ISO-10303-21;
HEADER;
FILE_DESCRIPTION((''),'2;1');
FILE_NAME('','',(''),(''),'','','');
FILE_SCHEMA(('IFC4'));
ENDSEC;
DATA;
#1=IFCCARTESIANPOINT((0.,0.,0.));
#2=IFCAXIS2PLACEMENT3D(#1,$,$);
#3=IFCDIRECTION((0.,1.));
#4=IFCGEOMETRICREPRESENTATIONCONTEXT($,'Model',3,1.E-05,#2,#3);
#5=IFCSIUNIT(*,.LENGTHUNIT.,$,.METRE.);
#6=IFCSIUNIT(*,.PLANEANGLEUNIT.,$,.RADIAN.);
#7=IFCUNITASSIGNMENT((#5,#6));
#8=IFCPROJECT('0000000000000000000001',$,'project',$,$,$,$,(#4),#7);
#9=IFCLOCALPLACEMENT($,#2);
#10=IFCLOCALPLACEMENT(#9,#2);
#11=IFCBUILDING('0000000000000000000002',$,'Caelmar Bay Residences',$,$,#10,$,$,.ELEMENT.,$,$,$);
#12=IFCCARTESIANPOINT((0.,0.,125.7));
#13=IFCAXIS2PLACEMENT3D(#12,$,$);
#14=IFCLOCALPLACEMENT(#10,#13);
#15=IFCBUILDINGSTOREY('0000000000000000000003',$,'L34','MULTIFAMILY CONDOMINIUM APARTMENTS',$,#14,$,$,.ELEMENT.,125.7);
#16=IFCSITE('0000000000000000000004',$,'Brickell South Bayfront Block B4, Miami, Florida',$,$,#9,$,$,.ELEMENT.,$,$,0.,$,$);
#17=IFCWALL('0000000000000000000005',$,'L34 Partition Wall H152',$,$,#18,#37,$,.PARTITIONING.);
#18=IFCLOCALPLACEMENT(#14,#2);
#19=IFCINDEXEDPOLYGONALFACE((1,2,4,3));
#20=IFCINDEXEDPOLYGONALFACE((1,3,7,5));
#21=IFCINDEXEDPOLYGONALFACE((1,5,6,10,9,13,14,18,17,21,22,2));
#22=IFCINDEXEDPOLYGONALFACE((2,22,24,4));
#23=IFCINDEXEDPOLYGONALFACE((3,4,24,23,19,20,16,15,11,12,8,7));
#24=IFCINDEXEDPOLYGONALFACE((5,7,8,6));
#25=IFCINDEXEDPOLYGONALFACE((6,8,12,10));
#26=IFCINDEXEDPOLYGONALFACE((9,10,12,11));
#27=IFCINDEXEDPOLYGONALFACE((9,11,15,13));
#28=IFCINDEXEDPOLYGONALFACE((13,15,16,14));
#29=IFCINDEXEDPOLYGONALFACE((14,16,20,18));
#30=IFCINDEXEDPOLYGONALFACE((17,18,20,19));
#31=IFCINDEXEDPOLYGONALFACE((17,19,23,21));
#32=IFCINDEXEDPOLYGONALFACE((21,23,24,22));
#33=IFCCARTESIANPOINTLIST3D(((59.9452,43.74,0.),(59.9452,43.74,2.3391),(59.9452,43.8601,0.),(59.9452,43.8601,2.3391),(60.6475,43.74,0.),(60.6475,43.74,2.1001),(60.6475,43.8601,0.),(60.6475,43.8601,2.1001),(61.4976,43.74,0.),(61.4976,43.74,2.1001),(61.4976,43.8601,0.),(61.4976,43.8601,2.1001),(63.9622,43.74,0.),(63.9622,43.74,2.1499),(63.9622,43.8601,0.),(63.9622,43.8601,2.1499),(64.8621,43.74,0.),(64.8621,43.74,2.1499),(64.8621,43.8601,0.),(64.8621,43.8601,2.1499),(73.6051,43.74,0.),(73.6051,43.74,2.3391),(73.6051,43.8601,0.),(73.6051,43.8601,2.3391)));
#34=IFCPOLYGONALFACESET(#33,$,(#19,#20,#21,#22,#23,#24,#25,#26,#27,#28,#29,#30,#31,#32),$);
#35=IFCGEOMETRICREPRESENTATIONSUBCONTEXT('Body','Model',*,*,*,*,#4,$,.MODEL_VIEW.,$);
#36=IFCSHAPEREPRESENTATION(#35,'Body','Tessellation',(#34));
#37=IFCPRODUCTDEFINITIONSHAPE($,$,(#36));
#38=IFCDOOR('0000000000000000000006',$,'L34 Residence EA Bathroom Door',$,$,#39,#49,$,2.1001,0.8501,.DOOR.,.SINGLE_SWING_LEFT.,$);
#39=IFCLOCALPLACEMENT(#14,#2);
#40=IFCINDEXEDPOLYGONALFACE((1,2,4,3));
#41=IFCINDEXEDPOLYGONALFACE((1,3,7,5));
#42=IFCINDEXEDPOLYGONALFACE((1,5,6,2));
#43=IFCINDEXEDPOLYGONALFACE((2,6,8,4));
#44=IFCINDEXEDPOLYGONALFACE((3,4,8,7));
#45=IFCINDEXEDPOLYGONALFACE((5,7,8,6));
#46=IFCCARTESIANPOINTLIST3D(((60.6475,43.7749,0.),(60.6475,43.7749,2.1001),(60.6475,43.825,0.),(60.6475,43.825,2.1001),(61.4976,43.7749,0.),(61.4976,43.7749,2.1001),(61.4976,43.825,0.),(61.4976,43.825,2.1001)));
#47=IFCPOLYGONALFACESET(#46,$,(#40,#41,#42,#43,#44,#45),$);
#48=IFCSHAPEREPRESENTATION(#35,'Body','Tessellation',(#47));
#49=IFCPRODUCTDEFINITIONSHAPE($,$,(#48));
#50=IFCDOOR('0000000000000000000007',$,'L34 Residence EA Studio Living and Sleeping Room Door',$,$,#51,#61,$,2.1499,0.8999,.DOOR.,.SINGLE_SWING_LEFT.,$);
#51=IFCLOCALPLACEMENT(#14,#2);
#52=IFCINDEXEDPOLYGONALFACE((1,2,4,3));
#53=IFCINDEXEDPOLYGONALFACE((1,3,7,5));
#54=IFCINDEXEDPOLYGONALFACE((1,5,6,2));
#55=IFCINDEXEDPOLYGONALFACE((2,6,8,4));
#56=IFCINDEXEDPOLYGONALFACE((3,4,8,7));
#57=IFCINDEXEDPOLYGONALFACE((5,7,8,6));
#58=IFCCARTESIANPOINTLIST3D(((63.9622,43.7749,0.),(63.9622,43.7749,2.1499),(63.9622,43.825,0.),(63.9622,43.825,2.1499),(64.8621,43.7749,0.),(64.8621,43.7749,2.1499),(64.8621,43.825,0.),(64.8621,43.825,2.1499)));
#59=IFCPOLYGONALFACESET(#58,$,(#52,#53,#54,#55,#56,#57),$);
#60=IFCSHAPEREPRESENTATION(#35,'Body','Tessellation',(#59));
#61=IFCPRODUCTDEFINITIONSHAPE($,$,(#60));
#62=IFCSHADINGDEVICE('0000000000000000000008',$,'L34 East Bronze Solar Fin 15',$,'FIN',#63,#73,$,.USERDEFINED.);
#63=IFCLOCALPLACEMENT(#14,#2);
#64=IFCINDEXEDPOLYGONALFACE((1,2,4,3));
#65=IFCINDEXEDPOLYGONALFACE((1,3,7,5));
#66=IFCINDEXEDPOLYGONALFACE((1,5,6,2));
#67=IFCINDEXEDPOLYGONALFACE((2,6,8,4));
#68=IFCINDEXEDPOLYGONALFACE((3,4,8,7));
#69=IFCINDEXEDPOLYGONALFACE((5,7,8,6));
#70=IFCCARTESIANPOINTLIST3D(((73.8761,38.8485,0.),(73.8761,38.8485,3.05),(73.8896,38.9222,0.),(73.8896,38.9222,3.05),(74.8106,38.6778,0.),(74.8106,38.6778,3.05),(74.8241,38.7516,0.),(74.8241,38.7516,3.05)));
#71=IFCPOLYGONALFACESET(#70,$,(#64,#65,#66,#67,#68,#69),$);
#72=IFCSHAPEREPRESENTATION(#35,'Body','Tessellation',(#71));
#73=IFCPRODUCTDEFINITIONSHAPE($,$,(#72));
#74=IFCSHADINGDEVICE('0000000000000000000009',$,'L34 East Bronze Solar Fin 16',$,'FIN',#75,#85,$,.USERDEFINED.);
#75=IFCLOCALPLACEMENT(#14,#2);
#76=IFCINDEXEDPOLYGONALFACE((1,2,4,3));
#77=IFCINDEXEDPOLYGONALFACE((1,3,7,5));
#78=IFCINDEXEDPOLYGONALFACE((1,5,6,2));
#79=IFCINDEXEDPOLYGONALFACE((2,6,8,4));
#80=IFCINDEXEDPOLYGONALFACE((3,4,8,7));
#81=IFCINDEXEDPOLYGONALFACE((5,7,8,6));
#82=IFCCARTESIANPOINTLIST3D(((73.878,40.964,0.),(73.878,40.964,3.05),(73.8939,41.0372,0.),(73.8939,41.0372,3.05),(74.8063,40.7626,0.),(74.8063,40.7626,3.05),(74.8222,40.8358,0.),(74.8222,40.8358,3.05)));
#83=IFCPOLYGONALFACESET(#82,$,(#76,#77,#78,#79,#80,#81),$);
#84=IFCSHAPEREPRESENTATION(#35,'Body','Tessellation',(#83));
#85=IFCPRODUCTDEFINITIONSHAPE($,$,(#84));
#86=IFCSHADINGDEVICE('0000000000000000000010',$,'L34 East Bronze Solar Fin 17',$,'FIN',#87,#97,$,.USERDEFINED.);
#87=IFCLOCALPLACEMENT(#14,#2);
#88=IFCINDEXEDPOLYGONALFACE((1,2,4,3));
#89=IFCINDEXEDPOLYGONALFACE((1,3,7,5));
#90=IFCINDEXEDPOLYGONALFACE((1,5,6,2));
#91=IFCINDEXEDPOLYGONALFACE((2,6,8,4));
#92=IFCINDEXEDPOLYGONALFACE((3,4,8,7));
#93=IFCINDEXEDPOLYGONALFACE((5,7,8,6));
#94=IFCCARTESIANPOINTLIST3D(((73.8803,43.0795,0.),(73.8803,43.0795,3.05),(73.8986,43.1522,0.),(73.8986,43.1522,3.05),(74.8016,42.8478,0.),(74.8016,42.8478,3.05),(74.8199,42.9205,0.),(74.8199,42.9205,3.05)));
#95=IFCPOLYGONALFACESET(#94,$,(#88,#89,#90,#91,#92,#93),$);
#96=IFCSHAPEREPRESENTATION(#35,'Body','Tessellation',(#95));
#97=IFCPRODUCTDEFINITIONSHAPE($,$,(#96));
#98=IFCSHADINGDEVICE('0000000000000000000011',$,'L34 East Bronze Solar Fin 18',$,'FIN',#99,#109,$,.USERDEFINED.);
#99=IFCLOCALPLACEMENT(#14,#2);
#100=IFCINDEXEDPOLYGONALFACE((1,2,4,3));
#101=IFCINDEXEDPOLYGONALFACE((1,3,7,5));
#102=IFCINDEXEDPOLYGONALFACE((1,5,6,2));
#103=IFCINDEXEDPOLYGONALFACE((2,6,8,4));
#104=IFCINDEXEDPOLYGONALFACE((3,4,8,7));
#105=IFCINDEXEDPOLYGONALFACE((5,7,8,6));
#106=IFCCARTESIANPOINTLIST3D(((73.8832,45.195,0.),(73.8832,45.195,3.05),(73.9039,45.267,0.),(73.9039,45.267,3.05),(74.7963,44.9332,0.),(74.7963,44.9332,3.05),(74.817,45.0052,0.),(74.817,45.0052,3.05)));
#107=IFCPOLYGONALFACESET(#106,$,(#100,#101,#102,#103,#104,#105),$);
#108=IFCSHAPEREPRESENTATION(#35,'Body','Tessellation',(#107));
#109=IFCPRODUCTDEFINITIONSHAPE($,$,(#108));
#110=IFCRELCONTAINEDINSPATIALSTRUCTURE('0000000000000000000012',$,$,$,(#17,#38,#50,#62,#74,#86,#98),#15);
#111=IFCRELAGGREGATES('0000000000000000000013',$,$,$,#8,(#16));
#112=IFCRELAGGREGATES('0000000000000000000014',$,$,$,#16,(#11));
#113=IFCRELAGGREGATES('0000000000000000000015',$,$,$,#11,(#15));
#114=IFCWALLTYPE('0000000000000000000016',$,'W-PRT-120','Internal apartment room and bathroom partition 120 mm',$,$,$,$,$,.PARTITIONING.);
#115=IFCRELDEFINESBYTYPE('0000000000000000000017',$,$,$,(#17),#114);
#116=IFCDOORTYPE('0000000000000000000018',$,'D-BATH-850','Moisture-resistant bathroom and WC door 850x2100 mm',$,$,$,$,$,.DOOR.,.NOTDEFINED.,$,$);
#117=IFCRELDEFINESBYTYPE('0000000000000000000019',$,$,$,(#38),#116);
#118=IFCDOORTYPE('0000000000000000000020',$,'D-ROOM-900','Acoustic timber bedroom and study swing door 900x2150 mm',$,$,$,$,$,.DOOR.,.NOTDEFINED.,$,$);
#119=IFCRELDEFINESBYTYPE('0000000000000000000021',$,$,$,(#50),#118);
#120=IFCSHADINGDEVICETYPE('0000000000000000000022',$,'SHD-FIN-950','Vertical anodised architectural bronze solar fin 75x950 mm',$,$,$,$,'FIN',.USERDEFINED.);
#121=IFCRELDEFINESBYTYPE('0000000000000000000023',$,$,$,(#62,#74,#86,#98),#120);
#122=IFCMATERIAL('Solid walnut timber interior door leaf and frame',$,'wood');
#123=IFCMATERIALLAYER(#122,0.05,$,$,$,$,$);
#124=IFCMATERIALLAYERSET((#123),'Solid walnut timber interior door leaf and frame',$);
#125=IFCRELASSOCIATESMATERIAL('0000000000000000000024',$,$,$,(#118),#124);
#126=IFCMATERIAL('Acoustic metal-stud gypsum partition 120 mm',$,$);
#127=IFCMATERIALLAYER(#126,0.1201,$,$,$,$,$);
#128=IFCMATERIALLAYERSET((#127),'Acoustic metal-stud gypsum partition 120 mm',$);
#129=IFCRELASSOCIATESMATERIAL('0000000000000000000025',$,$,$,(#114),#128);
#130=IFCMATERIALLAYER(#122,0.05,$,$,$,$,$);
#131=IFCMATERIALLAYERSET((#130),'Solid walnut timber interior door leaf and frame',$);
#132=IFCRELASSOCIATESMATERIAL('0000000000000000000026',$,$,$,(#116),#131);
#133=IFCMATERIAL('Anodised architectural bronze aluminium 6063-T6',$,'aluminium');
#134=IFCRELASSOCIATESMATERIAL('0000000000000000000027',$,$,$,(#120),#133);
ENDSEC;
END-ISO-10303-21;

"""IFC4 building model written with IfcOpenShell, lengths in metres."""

from ifc_helpers import new_model, si_unit, direction, frame, frame_2d, origin, origin_2d, place, context, subcontext, project, spatial, rectangle, extrude, material, layer, layer_set, material_profile, profile_set, type_object, element, fill, save


model = new_model("IFC4")

# Units and contexts
model_context = context("Model", 3, precision=1e-05, world=origin(), true_north=direction((0.0, 1.0)))
body_context = subcontext(model_context, "Body", "Model", "MODEL_VIEW")
ifc_project = project(units=[si_unit("LENGTHUNIT", "METRE"), si_unit("PLANEANGLEUNIT", "RADIAN")], contexts=[model_context])

# Site, building, storey
site_placement = place(None, origin())
site = spatial("IfcSite", under=ifc_project, at=site_placement, Name="Brickell South Bayfront Block B4, Miami, Florida", CompositionType="ELEMENT", RefElevation=0.0)
building_placement = place(site_placement, origin())
building = spatial("IfcBuilding", under=site, at=building_placement, Name="Caelmar Bay Residences", CompositionType="ELEMENT")
storey_placement = place(building_placement, frame((0.0, 0.0, 125.7)))
storey = spatial("IfcBuildingStorey", under=building, at=storey_placement, Name="L34", Description="MULTIFAMILY CONDOMINIUM APARTMENTS", CompositionType="ELEMENT", Elevation=125.7)

# Shared definitions
ifc_material_1 = material(Name="Solid walnut timber interior door leaf and frame", Category="wood")
ifc_layer_1 = layer(ifc_material_1, 0.05)
ifc_layer_set_1 = layer_set([ifc_layer_1], Name="Solid walnut timber interior door leaf and frame")
door_type_1 = type_object("IfcDoorType", Name="D-ROOM-900", Description="Acoustic timber bedroom and study swing door 900x2150 mm", OperationType="NOTDEFINED", PredefinedType="DOOR", material=ifc_layer_set_1)
ifc_material_2 = material(Name="Acoustic metal-stud gypsum partition 120 mm")
ifc_layer_2 = layer(ifc_material_2, 0.1201)
ifc_layer_set_2 = layer_set([ifc_layer_2], Name="Acoustic metal-stud gypsum partition 120 mm")
wall_type_1 = type_object("IfcWallType", Name="W-PRT-120", Description="Internal apartment room and bathroom partition 120 mm", PredefinedType="PARTITIONING", material=ifc_layer_set_2)

# Wall, openings, doors
wall_1_placement = place(storey_placement, frame((59.9451, 43.8, 0.0), z_axis=(0.0, 0.0, 1.0), x_axis=(1.0, 0.0, 0.0)))
wall_1 = element("IfcWall", 1, at=wall_1_placement, inside=storey, type_object=wall_type_1, Name="L34 Partition Wall H152", PredefinedType="PARTITIONING", context=body_context, shape_type="SweptSolid", body=[
    extrude(rectangle(XDim=13.6599, YDim=0.1201, at=frame_2d((6.8301, 0.0))), origin(), (0.0, 0.0, 1.0), 2.3391),
])
opening_1_placement = place(wall_1_placement, frame((4.0171, 0.0, 0.0)))
opening_1 = element("IfcOpeningElement", 2, at=opening_1_placement, cuts=wall_1, PredefinedType="OPENING", context=body_context, shape_type="SweptSolid", body=[
    extrude(rectangle(XDim=0.8999, YDim=2.1499, at=frame_2d((0.45, 1.075))), frame((0.0, 0.0701, 0.0), z_axis=(0.0, -1.0, 0.0), x_axis=(1.0, 0.0, 0.0)), (0.0, 0.0, 1.0), 0.1401),
])
opening_2_placement = place(wall_1_placement, frame((0.7024, 0.0, 0.0)))
opening_2 = element("IfcOpeningElement", 3, at=opening_2_placement, cuts=wall_1, PredefinedType="OPENING", context=body_context, shape_type="SweptSolid", body=[
    extrude(rectangle(XDim=0.8501, YDim=2.1001, at=frame_2d((0.425, 1.05))), frame((0.0, 0.0701, 0.0), z_axis=(0.0, -1.0, 0.0), x_axis=(1.0, 0.0, 0.0)), (0.0, 0.0, 1.0), 0.1401),
])
ifc_layer_3 = layer(ifc_material_1, 0.05)
ifc_layer_set_3 = layer_set([ifc_layer_3], Name="Solid walnut timber interior door leaf and frame")
door_type_2 = type_object("IfcDoorType", Name="D-BATH-850", Description="Moisture-resistant bathroom and WC door 850x2100 mm", OperationType="NOTDEFINED", PredefinedType="DOOR", material=ifc_layer_set_3)
door_1_placement = place(opening_2_placement, origin())
door_1 = element("IfcDoor", 4, at=door_1_placement, inside=storey, type_object=door_type_2, Name="L34 Residence EA Bathroom Door", OperationType="SINGLE_SWING_LEFT", OverallHeight=2.1001, OverallWidth=0.8501, PredefinedType="DOOR", context=body_context, shape_type="SweptSolid", body=[
    extrude(rectangle(XDim=0.8501, YDim=2.1001, at=frame_2d((0.425, 1.05))), frame((0.0, 0.0249, 0.0), z_axis=(0.0, -1.0, 0.0), x_axis=(1.0, 0.0, 0.0)), (0.0, 0.0, 1.0), 0.05),
])
fill(opening_2, door_1)
door_2_placement = place(opening_1_placement, origin())
door_2 = element("IfcDoor", 5, at=door_2_placement, inside=storey, type_object=door_type_1, Name="L34 Residence EA Studio Living and Sleeping Room Door", OperationType="SINGLE_SWING_LEFT", OverallHeight=2.1499, OverallWidth=0.8999, PredefinedType="DOOR", context=body_context, shape_type="SweptSolid", body=[
    extrude(rectangle(XDim=0.8999, YDim=2.1499, at=frame_2d((0.45, 1.075))), frame((0.0, 0.0249, 0.0), z_axis=(0.0, -1.0, 0.0), x_axis=(1.0, 0.0, 0.0)), (0.0, 0.0, 1.0), 0.05),
])
fill(opening_1, door_2)

# Shading devices
ifc_material_3 = material(Name="Anodised architectural bronze aluminium 6063-T6", Category="aluminium")
ifc_material_profile_1 = material_profile(ifc_material_3, rectangle(XDim=0.075, YDim=0.95, at=origin_2d()), Name="BRONZE-FIN-75X950")
ifc_profile_set_1 = profile_set([ifc_material_profile_1], Name="Anodised architectural bronze aluminium 6063-T6")
shading_device_type = type_object("IfcShadingDeviceType", Name="SHD-FIN-950", Description="Vertical anodised architectural bronze solar fin 75x950 mm", ElementType="FIN", PredefinedType="USERDEFINED", material=ifc_profile_set_1)
for number, where, z_axis, x_axis, name in (
    (6, (74.3501, 38.8, 0.0), (0.0, 0.0, 1.0), (0.179661, 0.983729, 0.0), "L34 East Bronze Solar Fin 15"),
    (7, (74.3501, 40.8999, 0.0), (0.0, 0.0, 1.0), (0.212007, 0.977268, 0.0), "L34 East Bronze Solar Fin 16"),
    (8, (74.3501, 43.0, 0.0), (0.0, 0.0, 1.0), (0.243954, 0.969787, 0.0), "L34 East Bronze Solar Fin 17"),
    (9, (74.3501, 45.1001, 0.0), (0.0, 0.0, 1.0), (0.275637, 0.961262, 0.0), "L34 East Bronze Solar Fin 18"),
):
    element("IfcShadingDevice", number, at=place(storey_placement, frame(where, z_axis=z_axis, x_axis=x_axis)), inside=storey, type_object=shading_device_type, Name=name, ObjectType="FIN", PredefinedType="USERDEFINED", context=body_context, shape_type="SweptSolid", body=[
        extrude(rectangle(XDim=0.075, YDim=0.95, at=origin_2d()), origin(), (0.0, 0.0, 1.0), 3.05),
    ])

save(model, "model.ifc")
